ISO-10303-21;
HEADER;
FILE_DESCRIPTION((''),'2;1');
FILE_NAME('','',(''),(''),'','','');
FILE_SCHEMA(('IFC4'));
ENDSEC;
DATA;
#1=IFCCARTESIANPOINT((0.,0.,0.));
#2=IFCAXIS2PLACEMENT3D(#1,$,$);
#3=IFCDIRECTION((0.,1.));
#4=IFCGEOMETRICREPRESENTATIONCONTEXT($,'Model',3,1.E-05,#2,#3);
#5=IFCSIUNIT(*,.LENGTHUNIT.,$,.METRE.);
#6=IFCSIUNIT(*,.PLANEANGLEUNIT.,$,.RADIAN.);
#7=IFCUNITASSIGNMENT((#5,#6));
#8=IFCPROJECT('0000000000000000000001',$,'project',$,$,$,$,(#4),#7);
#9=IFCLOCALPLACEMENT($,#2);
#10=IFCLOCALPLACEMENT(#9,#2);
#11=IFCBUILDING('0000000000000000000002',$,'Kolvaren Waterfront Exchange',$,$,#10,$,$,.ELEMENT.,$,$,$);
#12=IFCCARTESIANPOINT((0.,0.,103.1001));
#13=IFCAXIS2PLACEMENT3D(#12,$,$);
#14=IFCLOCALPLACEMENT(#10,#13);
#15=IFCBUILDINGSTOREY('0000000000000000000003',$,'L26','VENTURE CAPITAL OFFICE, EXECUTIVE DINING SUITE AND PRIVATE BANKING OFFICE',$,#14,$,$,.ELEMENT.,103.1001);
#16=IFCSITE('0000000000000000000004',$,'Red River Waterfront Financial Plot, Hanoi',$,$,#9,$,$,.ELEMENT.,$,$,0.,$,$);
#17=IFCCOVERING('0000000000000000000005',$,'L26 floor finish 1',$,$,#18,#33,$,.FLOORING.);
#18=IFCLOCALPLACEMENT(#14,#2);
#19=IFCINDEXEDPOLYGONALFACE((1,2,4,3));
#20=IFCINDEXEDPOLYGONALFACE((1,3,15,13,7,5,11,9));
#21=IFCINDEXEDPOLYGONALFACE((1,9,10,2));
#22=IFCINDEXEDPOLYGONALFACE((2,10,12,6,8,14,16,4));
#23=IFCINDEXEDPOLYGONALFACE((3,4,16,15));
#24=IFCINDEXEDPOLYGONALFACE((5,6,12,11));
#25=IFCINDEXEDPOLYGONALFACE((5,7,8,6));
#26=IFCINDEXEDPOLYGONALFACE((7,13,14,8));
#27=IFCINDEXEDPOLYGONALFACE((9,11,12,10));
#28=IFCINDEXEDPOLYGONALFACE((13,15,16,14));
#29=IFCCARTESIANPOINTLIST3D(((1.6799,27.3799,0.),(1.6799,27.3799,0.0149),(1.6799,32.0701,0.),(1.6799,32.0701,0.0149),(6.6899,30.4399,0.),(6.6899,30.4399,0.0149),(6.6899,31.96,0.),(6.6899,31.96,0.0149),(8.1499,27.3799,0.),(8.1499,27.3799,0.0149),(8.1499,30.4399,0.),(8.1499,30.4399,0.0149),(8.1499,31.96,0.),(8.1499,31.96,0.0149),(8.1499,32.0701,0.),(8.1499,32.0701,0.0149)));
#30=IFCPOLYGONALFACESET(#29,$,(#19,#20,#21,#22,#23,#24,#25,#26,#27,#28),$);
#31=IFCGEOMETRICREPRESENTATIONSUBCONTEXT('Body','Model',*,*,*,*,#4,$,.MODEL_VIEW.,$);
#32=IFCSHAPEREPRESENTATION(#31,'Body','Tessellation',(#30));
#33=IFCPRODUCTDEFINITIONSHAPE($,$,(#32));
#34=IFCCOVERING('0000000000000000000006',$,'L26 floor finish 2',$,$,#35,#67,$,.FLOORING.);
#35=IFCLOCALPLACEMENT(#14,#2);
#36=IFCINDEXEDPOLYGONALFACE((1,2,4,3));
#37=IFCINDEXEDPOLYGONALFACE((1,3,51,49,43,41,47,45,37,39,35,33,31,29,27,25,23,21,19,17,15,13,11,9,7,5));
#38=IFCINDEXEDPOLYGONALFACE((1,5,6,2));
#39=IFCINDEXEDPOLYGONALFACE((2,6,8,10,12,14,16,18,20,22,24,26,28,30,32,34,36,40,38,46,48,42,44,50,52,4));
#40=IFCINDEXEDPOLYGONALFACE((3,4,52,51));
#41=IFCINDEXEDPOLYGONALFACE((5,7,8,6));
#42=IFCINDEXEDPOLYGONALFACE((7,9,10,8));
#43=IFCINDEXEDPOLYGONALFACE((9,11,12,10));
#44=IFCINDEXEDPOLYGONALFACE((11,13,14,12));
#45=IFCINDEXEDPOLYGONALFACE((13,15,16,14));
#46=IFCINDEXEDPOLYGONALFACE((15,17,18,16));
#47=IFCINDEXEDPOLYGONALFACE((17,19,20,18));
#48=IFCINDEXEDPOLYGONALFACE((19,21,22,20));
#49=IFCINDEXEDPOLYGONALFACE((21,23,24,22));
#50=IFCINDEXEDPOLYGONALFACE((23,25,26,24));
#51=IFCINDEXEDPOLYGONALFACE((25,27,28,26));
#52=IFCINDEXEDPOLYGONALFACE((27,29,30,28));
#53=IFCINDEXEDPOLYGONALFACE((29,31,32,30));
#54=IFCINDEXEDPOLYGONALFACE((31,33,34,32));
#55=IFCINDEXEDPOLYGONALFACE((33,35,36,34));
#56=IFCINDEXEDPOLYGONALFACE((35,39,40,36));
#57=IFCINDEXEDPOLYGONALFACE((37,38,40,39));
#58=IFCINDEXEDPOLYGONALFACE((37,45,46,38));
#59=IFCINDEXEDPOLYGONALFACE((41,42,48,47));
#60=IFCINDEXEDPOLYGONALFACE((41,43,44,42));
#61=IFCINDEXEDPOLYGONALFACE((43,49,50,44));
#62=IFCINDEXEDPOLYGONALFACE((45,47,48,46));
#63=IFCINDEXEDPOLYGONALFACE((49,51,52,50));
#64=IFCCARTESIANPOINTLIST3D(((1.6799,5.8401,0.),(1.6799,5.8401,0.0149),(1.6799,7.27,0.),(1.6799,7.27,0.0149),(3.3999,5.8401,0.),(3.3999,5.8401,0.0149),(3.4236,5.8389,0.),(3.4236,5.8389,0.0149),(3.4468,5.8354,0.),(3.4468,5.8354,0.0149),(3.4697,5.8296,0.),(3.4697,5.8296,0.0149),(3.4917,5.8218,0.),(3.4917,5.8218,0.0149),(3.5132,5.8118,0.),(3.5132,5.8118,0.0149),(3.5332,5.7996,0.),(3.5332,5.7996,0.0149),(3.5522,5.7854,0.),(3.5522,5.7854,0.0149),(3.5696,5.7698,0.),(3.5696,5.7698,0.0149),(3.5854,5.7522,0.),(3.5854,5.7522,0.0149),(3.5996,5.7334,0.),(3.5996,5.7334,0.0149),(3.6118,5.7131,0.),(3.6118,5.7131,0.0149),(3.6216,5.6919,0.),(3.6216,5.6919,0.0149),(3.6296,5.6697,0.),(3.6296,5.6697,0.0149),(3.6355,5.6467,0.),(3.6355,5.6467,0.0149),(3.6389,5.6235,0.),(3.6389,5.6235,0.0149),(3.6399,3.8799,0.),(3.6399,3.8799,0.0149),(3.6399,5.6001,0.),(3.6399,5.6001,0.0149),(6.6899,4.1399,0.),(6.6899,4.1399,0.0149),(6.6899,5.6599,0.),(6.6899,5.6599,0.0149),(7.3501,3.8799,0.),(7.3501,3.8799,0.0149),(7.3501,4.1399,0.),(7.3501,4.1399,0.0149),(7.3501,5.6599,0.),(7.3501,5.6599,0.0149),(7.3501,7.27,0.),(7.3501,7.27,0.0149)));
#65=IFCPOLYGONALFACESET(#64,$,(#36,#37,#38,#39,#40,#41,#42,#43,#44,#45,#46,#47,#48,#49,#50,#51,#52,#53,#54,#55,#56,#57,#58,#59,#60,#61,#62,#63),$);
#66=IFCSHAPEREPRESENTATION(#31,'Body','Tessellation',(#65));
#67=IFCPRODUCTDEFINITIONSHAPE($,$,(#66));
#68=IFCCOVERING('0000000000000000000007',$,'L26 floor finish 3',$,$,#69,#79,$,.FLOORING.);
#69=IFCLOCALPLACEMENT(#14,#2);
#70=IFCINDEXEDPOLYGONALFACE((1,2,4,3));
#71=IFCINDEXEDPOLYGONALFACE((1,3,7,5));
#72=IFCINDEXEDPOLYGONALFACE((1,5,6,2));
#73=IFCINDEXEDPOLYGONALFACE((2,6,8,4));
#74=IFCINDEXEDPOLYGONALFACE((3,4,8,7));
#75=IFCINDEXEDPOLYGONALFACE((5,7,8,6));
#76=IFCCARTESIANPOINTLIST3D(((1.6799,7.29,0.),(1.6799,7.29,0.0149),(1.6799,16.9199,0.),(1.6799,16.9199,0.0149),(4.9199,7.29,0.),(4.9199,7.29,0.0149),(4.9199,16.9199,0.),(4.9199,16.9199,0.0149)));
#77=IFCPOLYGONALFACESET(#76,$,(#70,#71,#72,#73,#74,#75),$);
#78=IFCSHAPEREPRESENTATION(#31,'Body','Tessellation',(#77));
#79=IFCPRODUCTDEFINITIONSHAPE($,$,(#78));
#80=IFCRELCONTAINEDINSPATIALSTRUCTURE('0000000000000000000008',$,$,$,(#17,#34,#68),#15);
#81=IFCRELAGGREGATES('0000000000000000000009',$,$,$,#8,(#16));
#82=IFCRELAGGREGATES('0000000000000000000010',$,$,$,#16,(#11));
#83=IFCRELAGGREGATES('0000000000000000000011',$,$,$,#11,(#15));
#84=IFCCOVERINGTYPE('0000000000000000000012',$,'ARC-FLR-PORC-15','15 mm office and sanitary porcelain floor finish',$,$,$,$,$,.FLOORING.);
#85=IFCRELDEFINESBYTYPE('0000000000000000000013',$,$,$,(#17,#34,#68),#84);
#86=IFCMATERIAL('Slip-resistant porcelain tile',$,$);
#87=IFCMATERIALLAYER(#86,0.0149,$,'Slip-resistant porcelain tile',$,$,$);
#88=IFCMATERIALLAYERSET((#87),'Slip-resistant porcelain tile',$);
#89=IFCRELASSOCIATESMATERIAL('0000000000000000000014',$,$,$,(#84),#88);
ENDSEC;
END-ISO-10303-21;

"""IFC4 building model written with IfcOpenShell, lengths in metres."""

from ifc_helpers import new_model, si_unit, direction, frame, origin, place, context, subcontext, project, spatial, polyline, outline, extrude, material, layer, layer_set, type_object, element, save


model = new_model("IFC4")

# Units and contexts
model_context = context("Model", 3, precision=1e-05, world=origin(), true_north=direction((0.0, 1.0)))
body_context = subcontext(model_context, "Body", "Model", "MODEL_VIEW")
ifc_project = project(units=[si_unit("LENGTHUNIT", "METRE"), si_unit("PLANEANGLEUNIT", "RADIAN")], contexts=[model_context])

# Site, building, storey
site_placement = place(None, origin())
site = spatial("IfcSite", under=ifc_project, at=site_placement, Name="Red River Waterfront Financial Plot, Hanoi", CompositionType="ELEMENT", RefElevation=0.0)
building_placement = place(site_placement, origin())
building = spatial("IfcBuilding", under=site, at=building_placement, Name="Kolvaren Waterfront Exchange", CompositionType="ELEMENT")
storey_placement = place(building_placement, frame((0.0, 0.0, 103.1001)))
storey = spatial("IfcBuildingStorey", under=building, at=storey_placement, Name="L26", Description="VENTURE CAPITAL OFFICE, EXECUTIVE DINING SUITE AND PRIVATE BANKING OFFICE", CompositionType="ELEMENT", Elevation=103.1001)

# Coverings
ifc_material_1 = material(Name="Slip-resistant porcelain tile")
ifc_layer_1 = layer(ifc_material_1, 0.0149, Name="Slip-resistant porcelain tile")
ifc_layer_set_1 = layer_set([ifc_layer_1], Name="Slip-resistant porcelain tile")
covering_type_1 = type_object("IfcCoveringType", Name="ARC-FLR-PORC-15", Description="15 mm office and sanitary porcelain floor finish", PredefinedType="FLOORING", material=ifc_layer_set_1)
covering_1_placement = place(storey_placement, origin())
element("IfcCovering", 1, at=covering_1_placement, inside=storey, type_object=covering_type_1, Name="L26 floor finish 1", PredefinedType="FLOORING", context=body_context, shape_type="SweptSolid", body=[
    extrude(outline(polyline([(1.6799, 32.0701), (1.6799, 27.3799), (8.1499, 27.3799), (8.1499, 30.4399), (6.6899, 30.4399), (6.6899, 31.96), (8.1499, 31.96), (8.1499, 32.0701), (1.6799, 32.0701)])), origin(), (0.0, 0.0, 1.0), 0.0149),
])
covering_2_placement = place(storey_placement, origin())
element("IfcCovering", 2, at=covering_2_placement, inside=storey, type_object=covering_type_1, Name="L26 floor finish 2", PredefinedType="FLOORING", context=body_context, shape_type="SweptSolid", body=[
    extrude(outline(polyline([(7.3501, 7.27), (1.6799, 7.27), (1.6799, 5.8401), (3.3999, 5.8401), (3.4236, 5.8389), (3.4468, 5.8354), (3.4697, 5.8296), (3.4917, 5.8218), (3.5132, 5.8118), (3.5332, 5.7996), (3.5522, 5.7854), (3.5696, 5.7698), (3.5854, 5.7522), (3.5996, 5.7334), (3.6118, 5.7131), (3.6216, 5.6919), (3.6296, 5.6697), (3.6355, 5.6467), (3.6389, 5.6235), (3.6399, 5.6001), (3.6399, 3.8799), (7.3501, 3.8799), (7.3501, 4.1399), (6.6899, 4.1399), (6.6899, 5.6599), (7.3501, 5.6599), (7.3501, 7.27)])), origin(), (0.0, 0.0, 1.0), 0.0149),
])
covering_3_placement = place(storey_placement, origin())
element("IfcCovering", 3, at=covering_3_placement, inside=storey, type_object=covering_type_1, Name="L26 floor finish 3", PredefinedType="FLOORING", context=body_context, shape_type="SweptSolid", body=[
    extrude(outline(polyline([(4.9199, 16.9199), (1.6799, 16.9199), (1.6799, 7.29), (4.9199, 7.29), (4.9199, 16.9199)])), origin(), (0.0, 0.0, 1.0), 0.0149),
])

save(model, "model.ifc")
